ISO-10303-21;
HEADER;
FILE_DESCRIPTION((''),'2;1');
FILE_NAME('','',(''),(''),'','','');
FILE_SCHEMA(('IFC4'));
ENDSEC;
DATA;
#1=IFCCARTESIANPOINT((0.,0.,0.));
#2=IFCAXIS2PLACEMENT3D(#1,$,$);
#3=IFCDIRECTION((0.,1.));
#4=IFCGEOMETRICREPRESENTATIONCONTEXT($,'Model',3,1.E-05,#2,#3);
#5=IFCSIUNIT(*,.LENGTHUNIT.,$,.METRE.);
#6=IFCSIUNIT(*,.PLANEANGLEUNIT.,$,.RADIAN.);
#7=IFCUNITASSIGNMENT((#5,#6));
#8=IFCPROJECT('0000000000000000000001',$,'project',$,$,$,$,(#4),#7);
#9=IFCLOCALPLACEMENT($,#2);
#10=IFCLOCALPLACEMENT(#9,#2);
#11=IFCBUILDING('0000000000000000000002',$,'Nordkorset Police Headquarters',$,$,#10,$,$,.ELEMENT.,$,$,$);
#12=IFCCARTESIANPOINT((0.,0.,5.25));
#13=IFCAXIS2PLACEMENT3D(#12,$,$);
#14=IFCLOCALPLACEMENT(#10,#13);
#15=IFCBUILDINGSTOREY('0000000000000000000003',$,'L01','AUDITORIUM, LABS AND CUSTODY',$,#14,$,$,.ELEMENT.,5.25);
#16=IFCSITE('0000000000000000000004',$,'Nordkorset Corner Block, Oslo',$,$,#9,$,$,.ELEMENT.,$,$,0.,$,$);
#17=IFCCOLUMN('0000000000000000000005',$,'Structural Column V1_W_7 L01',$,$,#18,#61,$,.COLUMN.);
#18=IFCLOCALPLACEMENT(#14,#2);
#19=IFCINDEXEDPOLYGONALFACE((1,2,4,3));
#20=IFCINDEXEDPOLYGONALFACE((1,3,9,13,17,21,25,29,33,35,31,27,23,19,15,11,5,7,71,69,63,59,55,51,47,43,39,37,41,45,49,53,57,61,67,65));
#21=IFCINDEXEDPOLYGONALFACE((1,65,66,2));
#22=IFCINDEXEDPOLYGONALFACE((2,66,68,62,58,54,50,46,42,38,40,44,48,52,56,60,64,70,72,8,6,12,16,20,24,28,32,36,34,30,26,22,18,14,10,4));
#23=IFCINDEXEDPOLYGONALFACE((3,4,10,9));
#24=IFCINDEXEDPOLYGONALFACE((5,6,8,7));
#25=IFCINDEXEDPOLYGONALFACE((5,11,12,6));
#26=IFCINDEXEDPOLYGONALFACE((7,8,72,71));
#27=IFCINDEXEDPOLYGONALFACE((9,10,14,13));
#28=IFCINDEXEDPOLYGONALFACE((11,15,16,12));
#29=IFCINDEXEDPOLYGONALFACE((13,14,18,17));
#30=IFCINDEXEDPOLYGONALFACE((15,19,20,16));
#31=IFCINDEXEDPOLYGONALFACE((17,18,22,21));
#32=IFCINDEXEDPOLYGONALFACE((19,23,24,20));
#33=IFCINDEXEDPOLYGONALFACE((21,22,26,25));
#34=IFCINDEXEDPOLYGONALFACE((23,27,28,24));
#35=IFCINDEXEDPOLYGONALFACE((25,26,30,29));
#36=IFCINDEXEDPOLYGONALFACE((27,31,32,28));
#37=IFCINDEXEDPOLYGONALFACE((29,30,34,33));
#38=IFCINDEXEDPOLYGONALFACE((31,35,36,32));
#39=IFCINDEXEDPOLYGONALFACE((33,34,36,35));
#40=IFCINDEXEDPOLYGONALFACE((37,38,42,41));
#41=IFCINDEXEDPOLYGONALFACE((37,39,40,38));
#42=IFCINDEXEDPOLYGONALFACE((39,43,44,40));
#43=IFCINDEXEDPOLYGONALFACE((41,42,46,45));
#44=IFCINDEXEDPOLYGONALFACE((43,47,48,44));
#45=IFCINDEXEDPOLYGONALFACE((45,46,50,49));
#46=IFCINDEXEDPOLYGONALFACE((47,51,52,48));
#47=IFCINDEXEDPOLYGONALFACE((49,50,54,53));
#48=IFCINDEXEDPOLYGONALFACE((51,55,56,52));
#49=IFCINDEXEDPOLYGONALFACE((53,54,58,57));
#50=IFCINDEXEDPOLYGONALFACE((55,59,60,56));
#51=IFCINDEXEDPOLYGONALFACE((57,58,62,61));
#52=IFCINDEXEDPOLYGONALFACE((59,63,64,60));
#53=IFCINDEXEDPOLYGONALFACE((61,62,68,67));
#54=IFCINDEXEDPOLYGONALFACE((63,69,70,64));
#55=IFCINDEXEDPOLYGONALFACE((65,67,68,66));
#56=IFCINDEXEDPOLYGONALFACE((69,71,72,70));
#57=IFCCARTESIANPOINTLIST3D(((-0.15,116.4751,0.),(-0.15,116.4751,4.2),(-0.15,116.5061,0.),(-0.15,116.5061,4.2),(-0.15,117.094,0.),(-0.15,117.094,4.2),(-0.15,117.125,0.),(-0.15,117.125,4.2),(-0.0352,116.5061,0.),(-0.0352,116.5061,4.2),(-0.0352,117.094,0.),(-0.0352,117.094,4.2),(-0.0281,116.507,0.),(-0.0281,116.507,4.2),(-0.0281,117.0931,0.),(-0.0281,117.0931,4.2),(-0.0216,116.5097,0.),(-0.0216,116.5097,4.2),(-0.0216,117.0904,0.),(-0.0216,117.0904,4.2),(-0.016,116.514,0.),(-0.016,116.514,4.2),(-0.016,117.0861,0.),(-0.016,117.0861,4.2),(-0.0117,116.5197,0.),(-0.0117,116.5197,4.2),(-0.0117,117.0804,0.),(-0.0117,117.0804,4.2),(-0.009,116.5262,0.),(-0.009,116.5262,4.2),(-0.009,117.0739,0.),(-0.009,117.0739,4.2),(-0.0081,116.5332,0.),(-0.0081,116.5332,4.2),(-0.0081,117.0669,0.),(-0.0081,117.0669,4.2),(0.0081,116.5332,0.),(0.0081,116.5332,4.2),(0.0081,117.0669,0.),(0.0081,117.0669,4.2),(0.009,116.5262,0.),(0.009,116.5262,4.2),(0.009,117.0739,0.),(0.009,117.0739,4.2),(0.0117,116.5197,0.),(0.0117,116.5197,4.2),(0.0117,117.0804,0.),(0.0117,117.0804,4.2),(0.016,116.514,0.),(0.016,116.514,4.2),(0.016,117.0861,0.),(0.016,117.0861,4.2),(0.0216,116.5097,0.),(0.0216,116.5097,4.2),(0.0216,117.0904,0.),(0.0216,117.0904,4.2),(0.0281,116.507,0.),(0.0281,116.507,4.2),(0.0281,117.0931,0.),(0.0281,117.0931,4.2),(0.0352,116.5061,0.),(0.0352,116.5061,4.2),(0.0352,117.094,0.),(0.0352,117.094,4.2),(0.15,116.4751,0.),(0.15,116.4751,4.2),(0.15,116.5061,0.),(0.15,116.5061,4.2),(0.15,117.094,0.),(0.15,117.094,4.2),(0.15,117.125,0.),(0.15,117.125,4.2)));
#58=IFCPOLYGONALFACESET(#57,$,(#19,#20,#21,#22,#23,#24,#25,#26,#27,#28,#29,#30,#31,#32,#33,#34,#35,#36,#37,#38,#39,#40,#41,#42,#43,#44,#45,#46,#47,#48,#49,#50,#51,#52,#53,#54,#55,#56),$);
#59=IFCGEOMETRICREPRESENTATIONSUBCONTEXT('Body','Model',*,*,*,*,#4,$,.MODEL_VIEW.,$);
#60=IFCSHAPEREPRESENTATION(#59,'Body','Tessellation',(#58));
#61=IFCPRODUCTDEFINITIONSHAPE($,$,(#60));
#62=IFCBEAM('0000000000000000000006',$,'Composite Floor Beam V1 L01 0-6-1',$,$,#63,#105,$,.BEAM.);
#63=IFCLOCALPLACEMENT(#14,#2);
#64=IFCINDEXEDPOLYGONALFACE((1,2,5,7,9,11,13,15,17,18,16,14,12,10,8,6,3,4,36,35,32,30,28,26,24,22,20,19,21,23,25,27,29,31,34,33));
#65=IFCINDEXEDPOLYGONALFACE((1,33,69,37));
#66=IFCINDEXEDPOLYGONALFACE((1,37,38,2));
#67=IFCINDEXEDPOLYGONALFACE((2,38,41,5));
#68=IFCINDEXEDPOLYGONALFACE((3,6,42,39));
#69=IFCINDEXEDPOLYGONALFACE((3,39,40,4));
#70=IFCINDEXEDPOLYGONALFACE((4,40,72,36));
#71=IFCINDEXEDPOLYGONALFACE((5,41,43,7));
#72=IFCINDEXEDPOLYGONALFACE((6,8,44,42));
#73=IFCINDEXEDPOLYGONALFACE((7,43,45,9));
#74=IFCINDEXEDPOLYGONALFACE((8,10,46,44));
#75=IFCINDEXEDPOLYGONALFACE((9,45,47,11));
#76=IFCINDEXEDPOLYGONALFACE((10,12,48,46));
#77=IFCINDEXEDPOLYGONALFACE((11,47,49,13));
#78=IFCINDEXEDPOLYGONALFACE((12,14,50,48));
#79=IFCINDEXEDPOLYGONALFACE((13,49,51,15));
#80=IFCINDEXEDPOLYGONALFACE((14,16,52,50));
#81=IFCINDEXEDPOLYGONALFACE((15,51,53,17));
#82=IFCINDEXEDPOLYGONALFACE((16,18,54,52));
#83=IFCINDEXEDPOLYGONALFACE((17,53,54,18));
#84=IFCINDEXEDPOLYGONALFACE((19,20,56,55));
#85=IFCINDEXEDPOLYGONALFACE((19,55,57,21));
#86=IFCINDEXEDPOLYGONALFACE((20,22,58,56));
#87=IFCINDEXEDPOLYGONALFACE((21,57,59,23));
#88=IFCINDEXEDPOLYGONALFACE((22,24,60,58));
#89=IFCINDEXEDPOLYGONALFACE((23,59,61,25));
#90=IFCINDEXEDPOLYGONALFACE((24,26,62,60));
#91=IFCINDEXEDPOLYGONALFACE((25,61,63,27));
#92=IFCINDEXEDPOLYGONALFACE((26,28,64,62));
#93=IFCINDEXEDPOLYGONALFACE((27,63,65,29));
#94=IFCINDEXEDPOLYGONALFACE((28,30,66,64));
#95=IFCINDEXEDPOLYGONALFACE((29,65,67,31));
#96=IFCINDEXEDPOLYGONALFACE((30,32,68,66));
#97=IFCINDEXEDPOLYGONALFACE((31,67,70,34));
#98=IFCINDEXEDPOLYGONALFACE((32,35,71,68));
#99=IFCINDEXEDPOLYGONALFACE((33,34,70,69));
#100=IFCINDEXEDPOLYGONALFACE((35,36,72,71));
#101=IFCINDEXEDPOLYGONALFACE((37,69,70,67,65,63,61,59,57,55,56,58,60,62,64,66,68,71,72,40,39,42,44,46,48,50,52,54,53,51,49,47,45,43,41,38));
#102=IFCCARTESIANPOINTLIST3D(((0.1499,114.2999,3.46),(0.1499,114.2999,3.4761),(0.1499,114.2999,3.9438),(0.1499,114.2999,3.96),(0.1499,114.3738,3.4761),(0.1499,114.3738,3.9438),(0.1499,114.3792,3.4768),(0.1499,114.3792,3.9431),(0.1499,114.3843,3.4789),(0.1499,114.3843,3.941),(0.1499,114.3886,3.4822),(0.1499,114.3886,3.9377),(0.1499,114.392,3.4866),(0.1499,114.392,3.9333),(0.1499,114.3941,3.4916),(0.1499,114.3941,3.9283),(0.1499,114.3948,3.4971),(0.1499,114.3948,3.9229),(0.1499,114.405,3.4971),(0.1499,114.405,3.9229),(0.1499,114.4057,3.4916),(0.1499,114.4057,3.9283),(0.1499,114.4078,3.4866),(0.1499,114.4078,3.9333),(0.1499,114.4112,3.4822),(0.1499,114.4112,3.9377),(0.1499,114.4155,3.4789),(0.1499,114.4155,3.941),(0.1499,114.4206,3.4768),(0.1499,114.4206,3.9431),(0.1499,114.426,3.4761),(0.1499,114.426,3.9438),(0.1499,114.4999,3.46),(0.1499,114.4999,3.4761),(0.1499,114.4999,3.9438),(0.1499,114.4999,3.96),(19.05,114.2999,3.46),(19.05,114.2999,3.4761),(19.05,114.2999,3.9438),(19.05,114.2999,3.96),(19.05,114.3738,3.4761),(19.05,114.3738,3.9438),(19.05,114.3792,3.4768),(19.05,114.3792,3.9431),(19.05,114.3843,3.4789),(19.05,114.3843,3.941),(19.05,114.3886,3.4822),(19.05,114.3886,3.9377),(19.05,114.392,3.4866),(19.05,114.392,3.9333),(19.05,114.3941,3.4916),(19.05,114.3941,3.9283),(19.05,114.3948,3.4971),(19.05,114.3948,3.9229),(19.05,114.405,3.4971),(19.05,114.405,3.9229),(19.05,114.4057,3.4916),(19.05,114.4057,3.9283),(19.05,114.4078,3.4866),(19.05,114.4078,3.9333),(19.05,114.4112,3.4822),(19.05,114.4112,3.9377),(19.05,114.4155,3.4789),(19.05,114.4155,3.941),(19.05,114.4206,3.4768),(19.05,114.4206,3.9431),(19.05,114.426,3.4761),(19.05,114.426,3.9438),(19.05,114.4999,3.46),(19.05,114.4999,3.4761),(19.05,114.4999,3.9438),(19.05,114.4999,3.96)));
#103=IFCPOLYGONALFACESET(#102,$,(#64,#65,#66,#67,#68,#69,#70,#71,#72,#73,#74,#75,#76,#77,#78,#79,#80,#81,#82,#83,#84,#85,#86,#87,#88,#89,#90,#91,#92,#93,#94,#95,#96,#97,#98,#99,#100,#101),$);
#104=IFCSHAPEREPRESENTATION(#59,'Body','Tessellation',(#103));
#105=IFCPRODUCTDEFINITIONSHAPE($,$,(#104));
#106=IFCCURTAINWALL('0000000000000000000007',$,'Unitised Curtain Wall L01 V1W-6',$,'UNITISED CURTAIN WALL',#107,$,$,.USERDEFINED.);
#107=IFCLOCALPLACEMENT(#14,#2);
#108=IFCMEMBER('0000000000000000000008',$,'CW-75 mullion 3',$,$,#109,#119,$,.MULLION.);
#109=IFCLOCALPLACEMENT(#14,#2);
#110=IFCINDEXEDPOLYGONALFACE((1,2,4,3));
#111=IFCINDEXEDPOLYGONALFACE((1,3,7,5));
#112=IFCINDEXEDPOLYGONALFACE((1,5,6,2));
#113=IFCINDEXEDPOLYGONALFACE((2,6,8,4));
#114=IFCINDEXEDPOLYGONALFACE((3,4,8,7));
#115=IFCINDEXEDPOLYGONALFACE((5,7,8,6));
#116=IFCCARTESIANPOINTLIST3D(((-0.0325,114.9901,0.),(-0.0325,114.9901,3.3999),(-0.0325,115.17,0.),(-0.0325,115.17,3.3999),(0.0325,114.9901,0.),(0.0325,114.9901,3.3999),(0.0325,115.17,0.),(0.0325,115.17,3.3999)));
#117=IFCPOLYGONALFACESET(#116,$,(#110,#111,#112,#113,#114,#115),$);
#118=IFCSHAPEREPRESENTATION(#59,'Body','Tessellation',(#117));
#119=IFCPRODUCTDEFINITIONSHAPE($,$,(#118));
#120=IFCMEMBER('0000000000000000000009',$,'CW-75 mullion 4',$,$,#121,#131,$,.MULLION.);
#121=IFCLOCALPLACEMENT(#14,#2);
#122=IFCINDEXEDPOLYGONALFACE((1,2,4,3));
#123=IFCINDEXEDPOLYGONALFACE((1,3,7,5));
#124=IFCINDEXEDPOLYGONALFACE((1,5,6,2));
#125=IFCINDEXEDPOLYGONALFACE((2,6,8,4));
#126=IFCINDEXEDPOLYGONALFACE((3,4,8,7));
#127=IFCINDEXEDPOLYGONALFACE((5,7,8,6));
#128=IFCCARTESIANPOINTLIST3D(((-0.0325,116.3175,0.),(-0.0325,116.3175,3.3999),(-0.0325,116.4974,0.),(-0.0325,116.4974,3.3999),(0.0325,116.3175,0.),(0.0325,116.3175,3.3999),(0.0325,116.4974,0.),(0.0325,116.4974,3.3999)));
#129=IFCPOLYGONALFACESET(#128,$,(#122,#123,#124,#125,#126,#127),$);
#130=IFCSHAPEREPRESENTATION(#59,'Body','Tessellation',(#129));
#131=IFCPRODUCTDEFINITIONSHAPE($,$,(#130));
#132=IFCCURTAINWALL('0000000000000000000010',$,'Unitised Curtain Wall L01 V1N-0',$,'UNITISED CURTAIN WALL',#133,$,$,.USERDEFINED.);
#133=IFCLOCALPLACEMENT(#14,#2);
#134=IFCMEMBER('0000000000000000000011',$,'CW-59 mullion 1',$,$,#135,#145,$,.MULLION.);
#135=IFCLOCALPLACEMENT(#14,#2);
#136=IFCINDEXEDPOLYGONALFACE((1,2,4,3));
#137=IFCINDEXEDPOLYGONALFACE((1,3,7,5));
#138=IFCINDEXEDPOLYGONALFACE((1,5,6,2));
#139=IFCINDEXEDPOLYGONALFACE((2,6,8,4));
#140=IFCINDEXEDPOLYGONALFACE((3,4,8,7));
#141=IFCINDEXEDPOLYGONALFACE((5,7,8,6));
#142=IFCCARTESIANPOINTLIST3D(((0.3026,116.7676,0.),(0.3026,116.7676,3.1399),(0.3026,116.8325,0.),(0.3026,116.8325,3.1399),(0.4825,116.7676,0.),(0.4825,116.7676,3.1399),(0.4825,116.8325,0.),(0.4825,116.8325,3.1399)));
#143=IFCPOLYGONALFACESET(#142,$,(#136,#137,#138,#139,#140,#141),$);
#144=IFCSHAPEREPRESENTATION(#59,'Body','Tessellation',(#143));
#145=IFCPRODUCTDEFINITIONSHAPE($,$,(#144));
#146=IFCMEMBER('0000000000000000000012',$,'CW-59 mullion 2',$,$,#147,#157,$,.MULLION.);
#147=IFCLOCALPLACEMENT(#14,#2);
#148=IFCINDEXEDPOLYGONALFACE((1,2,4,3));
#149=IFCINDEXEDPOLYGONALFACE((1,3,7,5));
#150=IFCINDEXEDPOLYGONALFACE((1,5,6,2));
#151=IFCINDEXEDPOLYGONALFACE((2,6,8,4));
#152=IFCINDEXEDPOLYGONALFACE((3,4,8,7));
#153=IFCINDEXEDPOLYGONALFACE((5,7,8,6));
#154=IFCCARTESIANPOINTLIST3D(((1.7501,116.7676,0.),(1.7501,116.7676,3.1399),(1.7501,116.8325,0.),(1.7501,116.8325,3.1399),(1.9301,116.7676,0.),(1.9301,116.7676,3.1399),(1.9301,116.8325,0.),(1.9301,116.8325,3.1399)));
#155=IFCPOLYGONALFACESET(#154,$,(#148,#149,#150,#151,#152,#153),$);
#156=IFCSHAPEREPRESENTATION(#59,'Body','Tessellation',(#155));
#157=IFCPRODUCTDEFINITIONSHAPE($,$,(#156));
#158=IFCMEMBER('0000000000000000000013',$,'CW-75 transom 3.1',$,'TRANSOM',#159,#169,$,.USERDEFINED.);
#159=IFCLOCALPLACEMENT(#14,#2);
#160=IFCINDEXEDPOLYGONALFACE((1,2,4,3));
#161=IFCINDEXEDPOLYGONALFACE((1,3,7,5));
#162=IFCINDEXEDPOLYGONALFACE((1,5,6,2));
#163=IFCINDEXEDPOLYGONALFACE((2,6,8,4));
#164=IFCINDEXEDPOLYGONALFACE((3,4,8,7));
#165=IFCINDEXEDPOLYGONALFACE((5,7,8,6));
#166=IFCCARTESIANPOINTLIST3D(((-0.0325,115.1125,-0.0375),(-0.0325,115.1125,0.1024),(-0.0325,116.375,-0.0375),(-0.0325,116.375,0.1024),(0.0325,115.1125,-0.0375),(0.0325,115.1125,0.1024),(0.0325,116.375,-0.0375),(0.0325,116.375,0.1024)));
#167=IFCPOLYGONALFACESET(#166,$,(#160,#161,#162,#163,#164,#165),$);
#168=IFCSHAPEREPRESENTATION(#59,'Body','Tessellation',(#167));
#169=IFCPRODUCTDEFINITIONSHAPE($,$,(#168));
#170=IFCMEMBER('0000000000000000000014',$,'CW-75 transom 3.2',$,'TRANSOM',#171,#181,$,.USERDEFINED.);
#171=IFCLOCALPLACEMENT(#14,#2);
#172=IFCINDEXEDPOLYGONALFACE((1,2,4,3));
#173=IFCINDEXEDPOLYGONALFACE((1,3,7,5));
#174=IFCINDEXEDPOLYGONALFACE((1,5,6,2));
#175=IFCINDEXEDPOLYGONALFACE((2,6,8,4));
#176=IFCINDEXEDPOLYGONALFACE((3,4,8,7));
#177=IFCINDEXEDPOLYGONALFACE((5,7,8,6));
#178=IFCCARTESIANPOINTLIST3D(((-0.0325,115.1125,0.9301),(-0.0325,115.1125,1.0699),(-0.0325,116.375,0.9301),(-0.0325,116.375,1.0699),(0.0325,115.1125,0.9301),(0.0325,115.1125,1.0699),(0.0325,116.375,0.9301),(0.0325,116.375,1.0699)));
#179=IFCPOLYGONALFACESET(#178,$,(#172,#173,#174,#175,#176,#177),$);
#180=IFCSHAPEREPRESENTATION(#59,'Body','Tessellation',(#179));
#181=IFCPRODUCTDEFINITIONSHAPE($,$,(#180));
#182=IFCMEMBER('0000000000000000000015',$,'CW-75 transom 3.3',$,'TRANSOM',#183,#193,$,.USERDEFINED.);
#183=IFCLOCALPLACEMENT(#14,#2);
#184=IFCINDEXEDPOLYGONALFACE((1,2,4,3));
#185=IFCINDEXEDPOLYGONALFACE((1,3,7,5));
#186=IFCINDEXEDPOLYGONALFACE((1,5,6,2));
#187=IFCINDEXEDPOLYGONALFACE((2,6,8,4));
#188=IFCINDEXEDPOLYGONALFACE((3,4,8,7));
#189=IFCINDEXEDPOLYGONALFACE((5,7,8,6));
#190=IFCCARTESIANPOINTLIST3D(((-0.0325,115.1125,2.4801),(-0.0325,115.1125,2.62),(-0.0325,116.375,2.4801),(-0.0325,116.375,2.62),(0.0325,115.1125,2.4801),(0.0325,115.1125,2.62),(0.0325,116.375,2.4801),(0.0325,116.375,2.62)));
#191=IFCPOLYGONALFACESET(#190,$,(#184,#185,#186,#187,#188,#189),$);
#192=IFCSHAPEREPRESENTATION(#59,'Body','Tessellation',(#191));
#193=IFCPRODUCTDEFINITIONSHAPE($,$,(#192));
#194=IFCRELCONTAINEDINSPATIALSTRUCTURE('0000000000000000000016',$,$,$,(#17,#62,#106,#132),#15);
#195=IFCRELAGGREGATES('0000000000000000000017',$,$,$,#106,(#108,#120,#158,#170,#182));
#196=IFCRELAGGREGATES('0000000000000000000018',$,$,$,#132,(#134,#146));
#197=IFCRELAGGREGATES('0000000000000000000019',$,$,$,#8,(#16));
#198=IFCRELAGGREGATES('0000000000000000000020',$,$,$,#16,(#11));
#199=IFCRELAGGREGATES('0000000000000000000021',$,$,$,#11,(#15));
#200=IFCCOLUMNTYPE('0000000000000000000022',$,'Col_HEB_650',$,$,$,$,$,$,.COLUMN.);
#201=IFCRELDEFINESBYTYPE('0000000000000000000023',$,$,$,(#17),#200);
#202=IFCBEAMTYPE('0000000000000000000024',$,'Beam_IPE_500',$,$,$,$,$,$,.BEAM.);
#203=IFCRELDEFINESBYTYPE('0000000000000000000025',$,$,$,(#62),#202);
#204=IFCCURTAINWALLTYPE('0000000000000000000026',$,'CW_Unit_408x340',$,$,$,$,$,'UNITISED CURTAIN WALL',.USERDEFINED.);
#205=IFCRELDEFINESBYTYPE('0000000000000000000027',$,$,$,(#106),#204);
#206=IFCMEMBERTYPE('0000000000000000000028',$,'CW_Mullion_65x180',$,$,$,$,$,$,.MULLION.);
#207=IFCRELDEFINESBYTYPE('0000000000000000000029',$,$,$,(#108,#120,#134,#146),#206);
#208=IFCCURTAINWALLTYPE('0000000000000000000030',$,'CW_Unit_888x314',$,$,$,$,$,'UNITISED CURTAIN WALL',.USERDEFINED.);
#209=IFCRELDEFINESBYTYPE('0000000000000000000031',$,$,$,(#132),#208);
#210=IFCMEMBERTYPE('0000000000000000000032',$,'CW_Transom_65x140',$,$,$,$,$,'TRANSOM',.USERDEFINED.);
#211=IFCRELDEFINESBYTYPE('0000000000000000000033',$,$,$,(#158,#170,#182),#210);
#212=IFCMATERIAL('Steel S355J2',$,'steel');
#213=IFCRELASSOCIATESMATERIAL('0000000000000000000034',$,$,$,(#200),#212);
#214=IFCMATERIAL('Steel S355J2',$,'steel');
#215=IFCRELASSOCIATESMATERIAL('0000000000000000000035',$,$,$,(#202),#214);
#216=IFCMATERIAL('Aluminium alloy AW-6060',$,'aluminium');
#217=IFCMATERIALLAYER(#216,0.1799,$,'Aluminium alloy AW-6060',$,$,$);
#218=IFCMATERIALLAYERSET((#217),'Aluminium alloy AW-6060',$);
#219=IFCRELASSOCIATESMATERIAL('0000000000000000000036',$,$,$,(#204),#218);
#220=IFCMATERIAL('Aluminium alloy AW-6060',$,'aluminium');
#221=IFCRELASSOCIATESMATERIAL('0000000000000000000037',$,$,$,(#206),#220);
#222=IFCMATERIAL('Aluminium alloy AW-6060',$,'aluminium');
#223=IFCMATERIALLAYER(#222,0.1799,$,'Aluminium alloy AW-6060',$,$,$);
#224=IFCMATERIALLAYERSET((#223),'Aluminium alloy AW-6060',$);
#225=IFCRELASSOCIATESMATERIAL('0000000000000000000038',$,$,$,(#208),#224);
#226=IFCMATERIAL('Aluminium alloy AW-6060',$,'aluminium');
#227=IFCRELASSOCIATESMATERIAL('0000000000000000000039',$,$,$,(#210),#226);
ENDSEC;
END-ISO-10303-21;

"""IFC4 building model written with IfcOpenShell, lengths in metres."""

from ifc_helpers import new_model, si_unit, direction, frame, origin, origin_2d, place, context, subcontext, project, spatial, rectangle, i_section, extrude, material, layer, layer_set, material_profile, profile_set, type_object, element, aggregate, save


model = new_model("IFC4")

# Units and contexts
model_context = context("Model", 3, precision=1e-05, world=origin(), true_north=direction((0.0, 1.0)))
body_context = subcontext(model_context, "Body", "Model", "MODEL_VIEW")
ifc_project = project(units=[si_unit("LENGTHUNIT", "METRE"), si_unit("PLANEANGLEUNIT", "RADIAN")], contexts=[model_context])

# Site, building, storey
site_placement = place(None, origin())
site = spatial("IfcSite", under=ifc_project, at=site_placement, Name="Nordkorset Corner Block, Oslo", CompositionType="ELEMENT", RefElevation=0.0)
building_placement = place(site_placement, origin())
building = spatial("IfcBuilding", under=site, at=building_placement, Name="Nordkorset Police Headquarters", CompositionType="ELEMENT")
storey_placement = place(building_placement, frame((0.0, 0.0, 5.25)))
storey = spatial("IfcBuildingStorey", under=building, at=storey_placement, Name="L01", Description="AUDITORIUM, LABS AND CUSTODY", CompositionType="ELEMENT", Elevation=5.25)

# Column
ifc_material_1 = material(Name="Steel S355J2", Category="steel")
ifc_material_profile_1 = material_profile(ifc_material_1, i_section(OverallWidth=0.3, OverallDepth=0.6499, WebThickness=0.0161, FlangeThickness=0.031, FilletRadius=0.0271, at=origin_2d()), Name="HEB 650")
ifc_profile_set_1 = profile_set([ifc_material_profile_1], Name="Steel S355J2")
column_type = type_object("IfcColumnType", Name="Col_HEB_650", PredefinedType="COLUMN", material=ifc_profile_set_1)
column_placement = place(storey_placement, frame((0.0, 116.8, 0.0), z_axis=(0.0, 0.0, 1.0), x_axis=(1.0, 0.0, 0.0)))
element("IfcColumn", 1, at=column_placement, inside=storey, type_object=column_type, Name="Structural Column V1_W_7 L01", PredefinedType="COLUMN", context=body_context, shape_type="SweptSolid", body=[
    extrude(i_section(OverallWidth=0.3, OverallDepth=0.6499, WebThickness=0.0161, FlangeThickness=0.031, FilletRadius=0.0271, at=origin_2d()), origin(), (0.0, 0.0, 1.0), 4.2),
])

# Beam
ifc_material_2 = material(Name="Steel S355J2", Category="steel")
ifc_material_profile_2 = material_profile(ifc_material_2, i_section(OverallWidth=0.2, OverallDepth=0.5, WebThickness=0.0103, FlangeThickness=0.0161, FilletRadius=0.021, at=origin_2d()), Name="IPE 500")
ifc_profile_set_2 = profile_set([ifc_material_profile_2], Name="Steel S355J2")
beam_type_1 = type_object("IfcBeamType", Name="Beam_IPE_500", PredefinedType="BEAM", material=ifc_profile_set_2)
beam_1_placement = place(storey_placement, frame((0.1499, 114.3999, 3.71), z_axis=(1.0, 0.0, 0.0), x_axis=(0.0, 1.0, 0.0)))
element("IfcBeam", 2, at=beam_1_placement, inside=storey, type_object=beam_type_1, Name="Composite Floor Beam V1 L01 0-6-1", PredefinedType="BEAM", context=body_context, shape_type="SweptSolid", body=[
    extrude(i_section(OverallWidth=0.2, OverallDepth=0.5, WebThickness=0.0103, FlangeThickness=0.0161, FilletRadius=0.021, at=origin_2d()), origin(), (0.0, 0.0, 1.0), 18.9001),
])

# Curtain walls, members
ifc_material_3 = material(Name="Aluminium alloy AW-6060", Category="aluminium")
ifc_layer_1 = layer(ifc_material_3, 0.1799, Name="Aluminium alloy AW-6060")
ifc_layer_set_1 = layer_set([ifc_layer_1], Name="Aluminium alloy AW-6060")
curtain_wall_type_1 = type_object("IfcCurtainWallType", Name="CW_Unit_408x340", ElementType="UNITISED CURTAIN WALL", PredefinedType="USERDEFINED", material=ifc_layer_set_1)
curtain_wall_1_placement = place(storey_placement, origin())
curtain_wall_1 = element("IfcCurtainWall", 3, at=curtain_wall_1_placement, inside=storey, type_object=curtain_wall_type_1, Name="Unitised Curtain Wall L01 V1W-6", ObjectType="UNITISED CURTAIN WALL", PredefinedType="USERDEFINED")
ifc_material_4 = material(Name="Aluminium alloy AW-6060", Category="aluminium")
ifc_material_profile_3 = material_profile(ifc_material_4, rectangle(XDim=0.0649, YDim=0.1799, at=origin_2d()), Name="ALU MULL 65x180")
ifc_profile_set_3 = profile_set([ifc_material_profile_3], Name="Aluminium alloy AW-6060")
member_type_1 = type_object("IfcMemberType", Name="CW_Mullion_65x180", PredefinedType="MULLION", material=ifc_profile_set_3)
member_1_placement = place(storey_placement, frame((0.0, 115.0801, 0.0), z_axis=(0.0, 0.0, 1.0), x_axis=(-1.0, 0.0, 0.0)))
member_1 = element("IfcMember", 4, at=member_1_placement, type_object=member_type_1, Name="CW-75 mullion 3", PredefinedType="MULLION", context=body_context, shape_type="SweptSolid", body=[
    extrude(rectangle(XDim=0.0649, YDim=0.1799, at=origin_2d()), origin(), (0.0, 0.0, 1.0), 3.3999),
])
member_2_placement = place(storey_placement, frame((0.0, 116.4075, 0.0), z_axis=(0.0, 0.0, 1.0), x_axis=(-1.0, 0.0, 0.0)))
member_2 = element("IfcMember", 5, at=member_2_placement, type_object=member_type_1, Name="CW-75 mullion 4", PredefinedType="MULLION", context=body_context, shape_type="SweptSolid", body=[
    extrude(rectangle(XDim=0.0649, YDim=0.1799, at=origin_2d()), origin(), (0.0, 0.0, 1.0), 3.3999),
])
ifc_material_5 = material(Name="Aluminium alloy AW-6060", Category="aluminium")
ifc_layer_2 = layer(ifc_material_5, 0.1799, Name="Aluminium alloy AW-6060")
ifc_layer_set_2 = layer_set([ifc_layer_2], Name="Aluminium alloy AW-6060")
curtain_wall_type_2 = type_object("IfcCurtainWallType", Name="CW_Unit_888x314", ElementType="UNITISED CURTAIN WALL", PredefinedType="USERDEFINED", material=ifc_layer_set_2)
curtain_wall_2_placement = place(storey_placement, origin())
curtain_wall_2 = element("IfcCurtainWall", 6, at=curtain_wall_2_placement, inside=storey, type_object=curtain_wall_type_2, Name="Unitised Curtain Wall L01 V1N-0", ObjectType="UNITISED CURTAIN WALL", PredefinedType="USERDEFINED")
member_3_placement = place(storey_placement, frame((0.3926, 116.8, 0.0), z_axis=(0.0, 0.0, 1.0), x_axis=(0.0, 1.0, 0.0)))
member_3 = element("IfcMember", 7, at=member_3_placement, type_object=member_type_1, Name="CW-59 mullion 1", PredefinedType="MULLION", context=body_context, shape_type="SweptSolid", body=[
    extrude(rectangle(XDim=0.0649, YDim=0.1799, at=origin_2d()), origin(), (0.0, 0.0, 1.0), 3.1399),
])
member_4_placement = place(storey_placement, frame((1.8401, 116.8, 0.0), z_axis=(0.0, 0.0, 1.0), x_axis=(0.0, 1.0, 0.0)))
member_4 = element("IfcMember", 8, at=member_4_placement, type_object=member_type_1, Name="CW-59 mullion 2", PredefinedType="MULLION", context=body_context, shape_type="SweptSolid", body=[
    extrude(rectangle(XDim=0.0649, YDim=0.1799, at=origin_2d()), origin(), (0.0, 0.0, 1.0), 3.1399),
])

# Members
ifc_material_6 = material(Name="Aluminium alloy AW-6060", Category="aluminium")
ifc_material_profile_4 = material_profile(ifc_material_6, rectangle(XDim=0.0649, YDim=0.1399, at=origin_2d()), Name="ALU TRAN 65x140")
ifc_profile_set_4 = profile_set([ifc_material_profile_4], Name="Aluminium alloy AW-6060")
member_type_2 = type_object("IfcMemberType", Name="CW_Transom_65x140", ElementType="TRANSOM", PredefinedType="USERDEFINED", material=ifc_profile_set_4)
member_5_placement = place(storey_placement, frame((0.0, 115.1125, 0.0325), z_axis=(0.0, 1.0, 0.0), x_axis=(-1.0, 0.0, 0.0)))
member_5 = element("IfcMember", 9, at=member_5_placement, type_object=member_type_2, Name="CW-75 transom 3.1", ObjectType="TRANSOM", PredefinedType="USERDEFINED", context=body_context, shape_type="SweptSolid", body=[
    extrude(rectangle(XDim=0.0649, YDim=0.1399, at=origin_2d()), origin(), (0.0, 0.0, 1.0), 1.2625),
])
member_6_placement = place(storey_placement, frame((0.0, 115.1125, 1.0), z_axis=(0.0, 1.0, 0.0), x_axis=(-1.0, 0.0, 0.0)))
member_6 = element("IfcMember", 10, at=member_6_placement, type_object=member_type_2, Name="CW-75 transom 3.2", ObjectType="TRANSOM", PredefinedType="USERDEFINED", context=body_context, shape_type="SweptSolid", body=[
    extrude(rectangle(XDim=0.0649, YDim=0.1399, at=origin_2d()), origin(), (0.0, 0.0, 1.0), 1.2625),
])
member_7_placement = place(storey_placement, frame((0.0, 115.1125, 2.55), z_axis=(0.0, 1.0, 0.0), x_axis=(-1.0, 0.0, 0.0)))
member_7 = element("IfcMember", 11, at=member_7_placement, type_object=member_type_2, Name="CW-75 transom 3.3", ObjectType="TRANSOM", PredefinedType="USERDEFINED", context=body_context, shape_type="SweptSolid", body=[
    extrude(rectangle(XDim=0.0649, YDim=0.1399, at=origin_2d()), origin(), (0.0, 0.0, 1.0), 1.2625),
])

aggregate(curtain_wall_1, [member_1, member_2, member_5, member_6, member_7])
aggregate(curtain_wall_2, [member_3, member_4])

save(model, "model.ifc")
